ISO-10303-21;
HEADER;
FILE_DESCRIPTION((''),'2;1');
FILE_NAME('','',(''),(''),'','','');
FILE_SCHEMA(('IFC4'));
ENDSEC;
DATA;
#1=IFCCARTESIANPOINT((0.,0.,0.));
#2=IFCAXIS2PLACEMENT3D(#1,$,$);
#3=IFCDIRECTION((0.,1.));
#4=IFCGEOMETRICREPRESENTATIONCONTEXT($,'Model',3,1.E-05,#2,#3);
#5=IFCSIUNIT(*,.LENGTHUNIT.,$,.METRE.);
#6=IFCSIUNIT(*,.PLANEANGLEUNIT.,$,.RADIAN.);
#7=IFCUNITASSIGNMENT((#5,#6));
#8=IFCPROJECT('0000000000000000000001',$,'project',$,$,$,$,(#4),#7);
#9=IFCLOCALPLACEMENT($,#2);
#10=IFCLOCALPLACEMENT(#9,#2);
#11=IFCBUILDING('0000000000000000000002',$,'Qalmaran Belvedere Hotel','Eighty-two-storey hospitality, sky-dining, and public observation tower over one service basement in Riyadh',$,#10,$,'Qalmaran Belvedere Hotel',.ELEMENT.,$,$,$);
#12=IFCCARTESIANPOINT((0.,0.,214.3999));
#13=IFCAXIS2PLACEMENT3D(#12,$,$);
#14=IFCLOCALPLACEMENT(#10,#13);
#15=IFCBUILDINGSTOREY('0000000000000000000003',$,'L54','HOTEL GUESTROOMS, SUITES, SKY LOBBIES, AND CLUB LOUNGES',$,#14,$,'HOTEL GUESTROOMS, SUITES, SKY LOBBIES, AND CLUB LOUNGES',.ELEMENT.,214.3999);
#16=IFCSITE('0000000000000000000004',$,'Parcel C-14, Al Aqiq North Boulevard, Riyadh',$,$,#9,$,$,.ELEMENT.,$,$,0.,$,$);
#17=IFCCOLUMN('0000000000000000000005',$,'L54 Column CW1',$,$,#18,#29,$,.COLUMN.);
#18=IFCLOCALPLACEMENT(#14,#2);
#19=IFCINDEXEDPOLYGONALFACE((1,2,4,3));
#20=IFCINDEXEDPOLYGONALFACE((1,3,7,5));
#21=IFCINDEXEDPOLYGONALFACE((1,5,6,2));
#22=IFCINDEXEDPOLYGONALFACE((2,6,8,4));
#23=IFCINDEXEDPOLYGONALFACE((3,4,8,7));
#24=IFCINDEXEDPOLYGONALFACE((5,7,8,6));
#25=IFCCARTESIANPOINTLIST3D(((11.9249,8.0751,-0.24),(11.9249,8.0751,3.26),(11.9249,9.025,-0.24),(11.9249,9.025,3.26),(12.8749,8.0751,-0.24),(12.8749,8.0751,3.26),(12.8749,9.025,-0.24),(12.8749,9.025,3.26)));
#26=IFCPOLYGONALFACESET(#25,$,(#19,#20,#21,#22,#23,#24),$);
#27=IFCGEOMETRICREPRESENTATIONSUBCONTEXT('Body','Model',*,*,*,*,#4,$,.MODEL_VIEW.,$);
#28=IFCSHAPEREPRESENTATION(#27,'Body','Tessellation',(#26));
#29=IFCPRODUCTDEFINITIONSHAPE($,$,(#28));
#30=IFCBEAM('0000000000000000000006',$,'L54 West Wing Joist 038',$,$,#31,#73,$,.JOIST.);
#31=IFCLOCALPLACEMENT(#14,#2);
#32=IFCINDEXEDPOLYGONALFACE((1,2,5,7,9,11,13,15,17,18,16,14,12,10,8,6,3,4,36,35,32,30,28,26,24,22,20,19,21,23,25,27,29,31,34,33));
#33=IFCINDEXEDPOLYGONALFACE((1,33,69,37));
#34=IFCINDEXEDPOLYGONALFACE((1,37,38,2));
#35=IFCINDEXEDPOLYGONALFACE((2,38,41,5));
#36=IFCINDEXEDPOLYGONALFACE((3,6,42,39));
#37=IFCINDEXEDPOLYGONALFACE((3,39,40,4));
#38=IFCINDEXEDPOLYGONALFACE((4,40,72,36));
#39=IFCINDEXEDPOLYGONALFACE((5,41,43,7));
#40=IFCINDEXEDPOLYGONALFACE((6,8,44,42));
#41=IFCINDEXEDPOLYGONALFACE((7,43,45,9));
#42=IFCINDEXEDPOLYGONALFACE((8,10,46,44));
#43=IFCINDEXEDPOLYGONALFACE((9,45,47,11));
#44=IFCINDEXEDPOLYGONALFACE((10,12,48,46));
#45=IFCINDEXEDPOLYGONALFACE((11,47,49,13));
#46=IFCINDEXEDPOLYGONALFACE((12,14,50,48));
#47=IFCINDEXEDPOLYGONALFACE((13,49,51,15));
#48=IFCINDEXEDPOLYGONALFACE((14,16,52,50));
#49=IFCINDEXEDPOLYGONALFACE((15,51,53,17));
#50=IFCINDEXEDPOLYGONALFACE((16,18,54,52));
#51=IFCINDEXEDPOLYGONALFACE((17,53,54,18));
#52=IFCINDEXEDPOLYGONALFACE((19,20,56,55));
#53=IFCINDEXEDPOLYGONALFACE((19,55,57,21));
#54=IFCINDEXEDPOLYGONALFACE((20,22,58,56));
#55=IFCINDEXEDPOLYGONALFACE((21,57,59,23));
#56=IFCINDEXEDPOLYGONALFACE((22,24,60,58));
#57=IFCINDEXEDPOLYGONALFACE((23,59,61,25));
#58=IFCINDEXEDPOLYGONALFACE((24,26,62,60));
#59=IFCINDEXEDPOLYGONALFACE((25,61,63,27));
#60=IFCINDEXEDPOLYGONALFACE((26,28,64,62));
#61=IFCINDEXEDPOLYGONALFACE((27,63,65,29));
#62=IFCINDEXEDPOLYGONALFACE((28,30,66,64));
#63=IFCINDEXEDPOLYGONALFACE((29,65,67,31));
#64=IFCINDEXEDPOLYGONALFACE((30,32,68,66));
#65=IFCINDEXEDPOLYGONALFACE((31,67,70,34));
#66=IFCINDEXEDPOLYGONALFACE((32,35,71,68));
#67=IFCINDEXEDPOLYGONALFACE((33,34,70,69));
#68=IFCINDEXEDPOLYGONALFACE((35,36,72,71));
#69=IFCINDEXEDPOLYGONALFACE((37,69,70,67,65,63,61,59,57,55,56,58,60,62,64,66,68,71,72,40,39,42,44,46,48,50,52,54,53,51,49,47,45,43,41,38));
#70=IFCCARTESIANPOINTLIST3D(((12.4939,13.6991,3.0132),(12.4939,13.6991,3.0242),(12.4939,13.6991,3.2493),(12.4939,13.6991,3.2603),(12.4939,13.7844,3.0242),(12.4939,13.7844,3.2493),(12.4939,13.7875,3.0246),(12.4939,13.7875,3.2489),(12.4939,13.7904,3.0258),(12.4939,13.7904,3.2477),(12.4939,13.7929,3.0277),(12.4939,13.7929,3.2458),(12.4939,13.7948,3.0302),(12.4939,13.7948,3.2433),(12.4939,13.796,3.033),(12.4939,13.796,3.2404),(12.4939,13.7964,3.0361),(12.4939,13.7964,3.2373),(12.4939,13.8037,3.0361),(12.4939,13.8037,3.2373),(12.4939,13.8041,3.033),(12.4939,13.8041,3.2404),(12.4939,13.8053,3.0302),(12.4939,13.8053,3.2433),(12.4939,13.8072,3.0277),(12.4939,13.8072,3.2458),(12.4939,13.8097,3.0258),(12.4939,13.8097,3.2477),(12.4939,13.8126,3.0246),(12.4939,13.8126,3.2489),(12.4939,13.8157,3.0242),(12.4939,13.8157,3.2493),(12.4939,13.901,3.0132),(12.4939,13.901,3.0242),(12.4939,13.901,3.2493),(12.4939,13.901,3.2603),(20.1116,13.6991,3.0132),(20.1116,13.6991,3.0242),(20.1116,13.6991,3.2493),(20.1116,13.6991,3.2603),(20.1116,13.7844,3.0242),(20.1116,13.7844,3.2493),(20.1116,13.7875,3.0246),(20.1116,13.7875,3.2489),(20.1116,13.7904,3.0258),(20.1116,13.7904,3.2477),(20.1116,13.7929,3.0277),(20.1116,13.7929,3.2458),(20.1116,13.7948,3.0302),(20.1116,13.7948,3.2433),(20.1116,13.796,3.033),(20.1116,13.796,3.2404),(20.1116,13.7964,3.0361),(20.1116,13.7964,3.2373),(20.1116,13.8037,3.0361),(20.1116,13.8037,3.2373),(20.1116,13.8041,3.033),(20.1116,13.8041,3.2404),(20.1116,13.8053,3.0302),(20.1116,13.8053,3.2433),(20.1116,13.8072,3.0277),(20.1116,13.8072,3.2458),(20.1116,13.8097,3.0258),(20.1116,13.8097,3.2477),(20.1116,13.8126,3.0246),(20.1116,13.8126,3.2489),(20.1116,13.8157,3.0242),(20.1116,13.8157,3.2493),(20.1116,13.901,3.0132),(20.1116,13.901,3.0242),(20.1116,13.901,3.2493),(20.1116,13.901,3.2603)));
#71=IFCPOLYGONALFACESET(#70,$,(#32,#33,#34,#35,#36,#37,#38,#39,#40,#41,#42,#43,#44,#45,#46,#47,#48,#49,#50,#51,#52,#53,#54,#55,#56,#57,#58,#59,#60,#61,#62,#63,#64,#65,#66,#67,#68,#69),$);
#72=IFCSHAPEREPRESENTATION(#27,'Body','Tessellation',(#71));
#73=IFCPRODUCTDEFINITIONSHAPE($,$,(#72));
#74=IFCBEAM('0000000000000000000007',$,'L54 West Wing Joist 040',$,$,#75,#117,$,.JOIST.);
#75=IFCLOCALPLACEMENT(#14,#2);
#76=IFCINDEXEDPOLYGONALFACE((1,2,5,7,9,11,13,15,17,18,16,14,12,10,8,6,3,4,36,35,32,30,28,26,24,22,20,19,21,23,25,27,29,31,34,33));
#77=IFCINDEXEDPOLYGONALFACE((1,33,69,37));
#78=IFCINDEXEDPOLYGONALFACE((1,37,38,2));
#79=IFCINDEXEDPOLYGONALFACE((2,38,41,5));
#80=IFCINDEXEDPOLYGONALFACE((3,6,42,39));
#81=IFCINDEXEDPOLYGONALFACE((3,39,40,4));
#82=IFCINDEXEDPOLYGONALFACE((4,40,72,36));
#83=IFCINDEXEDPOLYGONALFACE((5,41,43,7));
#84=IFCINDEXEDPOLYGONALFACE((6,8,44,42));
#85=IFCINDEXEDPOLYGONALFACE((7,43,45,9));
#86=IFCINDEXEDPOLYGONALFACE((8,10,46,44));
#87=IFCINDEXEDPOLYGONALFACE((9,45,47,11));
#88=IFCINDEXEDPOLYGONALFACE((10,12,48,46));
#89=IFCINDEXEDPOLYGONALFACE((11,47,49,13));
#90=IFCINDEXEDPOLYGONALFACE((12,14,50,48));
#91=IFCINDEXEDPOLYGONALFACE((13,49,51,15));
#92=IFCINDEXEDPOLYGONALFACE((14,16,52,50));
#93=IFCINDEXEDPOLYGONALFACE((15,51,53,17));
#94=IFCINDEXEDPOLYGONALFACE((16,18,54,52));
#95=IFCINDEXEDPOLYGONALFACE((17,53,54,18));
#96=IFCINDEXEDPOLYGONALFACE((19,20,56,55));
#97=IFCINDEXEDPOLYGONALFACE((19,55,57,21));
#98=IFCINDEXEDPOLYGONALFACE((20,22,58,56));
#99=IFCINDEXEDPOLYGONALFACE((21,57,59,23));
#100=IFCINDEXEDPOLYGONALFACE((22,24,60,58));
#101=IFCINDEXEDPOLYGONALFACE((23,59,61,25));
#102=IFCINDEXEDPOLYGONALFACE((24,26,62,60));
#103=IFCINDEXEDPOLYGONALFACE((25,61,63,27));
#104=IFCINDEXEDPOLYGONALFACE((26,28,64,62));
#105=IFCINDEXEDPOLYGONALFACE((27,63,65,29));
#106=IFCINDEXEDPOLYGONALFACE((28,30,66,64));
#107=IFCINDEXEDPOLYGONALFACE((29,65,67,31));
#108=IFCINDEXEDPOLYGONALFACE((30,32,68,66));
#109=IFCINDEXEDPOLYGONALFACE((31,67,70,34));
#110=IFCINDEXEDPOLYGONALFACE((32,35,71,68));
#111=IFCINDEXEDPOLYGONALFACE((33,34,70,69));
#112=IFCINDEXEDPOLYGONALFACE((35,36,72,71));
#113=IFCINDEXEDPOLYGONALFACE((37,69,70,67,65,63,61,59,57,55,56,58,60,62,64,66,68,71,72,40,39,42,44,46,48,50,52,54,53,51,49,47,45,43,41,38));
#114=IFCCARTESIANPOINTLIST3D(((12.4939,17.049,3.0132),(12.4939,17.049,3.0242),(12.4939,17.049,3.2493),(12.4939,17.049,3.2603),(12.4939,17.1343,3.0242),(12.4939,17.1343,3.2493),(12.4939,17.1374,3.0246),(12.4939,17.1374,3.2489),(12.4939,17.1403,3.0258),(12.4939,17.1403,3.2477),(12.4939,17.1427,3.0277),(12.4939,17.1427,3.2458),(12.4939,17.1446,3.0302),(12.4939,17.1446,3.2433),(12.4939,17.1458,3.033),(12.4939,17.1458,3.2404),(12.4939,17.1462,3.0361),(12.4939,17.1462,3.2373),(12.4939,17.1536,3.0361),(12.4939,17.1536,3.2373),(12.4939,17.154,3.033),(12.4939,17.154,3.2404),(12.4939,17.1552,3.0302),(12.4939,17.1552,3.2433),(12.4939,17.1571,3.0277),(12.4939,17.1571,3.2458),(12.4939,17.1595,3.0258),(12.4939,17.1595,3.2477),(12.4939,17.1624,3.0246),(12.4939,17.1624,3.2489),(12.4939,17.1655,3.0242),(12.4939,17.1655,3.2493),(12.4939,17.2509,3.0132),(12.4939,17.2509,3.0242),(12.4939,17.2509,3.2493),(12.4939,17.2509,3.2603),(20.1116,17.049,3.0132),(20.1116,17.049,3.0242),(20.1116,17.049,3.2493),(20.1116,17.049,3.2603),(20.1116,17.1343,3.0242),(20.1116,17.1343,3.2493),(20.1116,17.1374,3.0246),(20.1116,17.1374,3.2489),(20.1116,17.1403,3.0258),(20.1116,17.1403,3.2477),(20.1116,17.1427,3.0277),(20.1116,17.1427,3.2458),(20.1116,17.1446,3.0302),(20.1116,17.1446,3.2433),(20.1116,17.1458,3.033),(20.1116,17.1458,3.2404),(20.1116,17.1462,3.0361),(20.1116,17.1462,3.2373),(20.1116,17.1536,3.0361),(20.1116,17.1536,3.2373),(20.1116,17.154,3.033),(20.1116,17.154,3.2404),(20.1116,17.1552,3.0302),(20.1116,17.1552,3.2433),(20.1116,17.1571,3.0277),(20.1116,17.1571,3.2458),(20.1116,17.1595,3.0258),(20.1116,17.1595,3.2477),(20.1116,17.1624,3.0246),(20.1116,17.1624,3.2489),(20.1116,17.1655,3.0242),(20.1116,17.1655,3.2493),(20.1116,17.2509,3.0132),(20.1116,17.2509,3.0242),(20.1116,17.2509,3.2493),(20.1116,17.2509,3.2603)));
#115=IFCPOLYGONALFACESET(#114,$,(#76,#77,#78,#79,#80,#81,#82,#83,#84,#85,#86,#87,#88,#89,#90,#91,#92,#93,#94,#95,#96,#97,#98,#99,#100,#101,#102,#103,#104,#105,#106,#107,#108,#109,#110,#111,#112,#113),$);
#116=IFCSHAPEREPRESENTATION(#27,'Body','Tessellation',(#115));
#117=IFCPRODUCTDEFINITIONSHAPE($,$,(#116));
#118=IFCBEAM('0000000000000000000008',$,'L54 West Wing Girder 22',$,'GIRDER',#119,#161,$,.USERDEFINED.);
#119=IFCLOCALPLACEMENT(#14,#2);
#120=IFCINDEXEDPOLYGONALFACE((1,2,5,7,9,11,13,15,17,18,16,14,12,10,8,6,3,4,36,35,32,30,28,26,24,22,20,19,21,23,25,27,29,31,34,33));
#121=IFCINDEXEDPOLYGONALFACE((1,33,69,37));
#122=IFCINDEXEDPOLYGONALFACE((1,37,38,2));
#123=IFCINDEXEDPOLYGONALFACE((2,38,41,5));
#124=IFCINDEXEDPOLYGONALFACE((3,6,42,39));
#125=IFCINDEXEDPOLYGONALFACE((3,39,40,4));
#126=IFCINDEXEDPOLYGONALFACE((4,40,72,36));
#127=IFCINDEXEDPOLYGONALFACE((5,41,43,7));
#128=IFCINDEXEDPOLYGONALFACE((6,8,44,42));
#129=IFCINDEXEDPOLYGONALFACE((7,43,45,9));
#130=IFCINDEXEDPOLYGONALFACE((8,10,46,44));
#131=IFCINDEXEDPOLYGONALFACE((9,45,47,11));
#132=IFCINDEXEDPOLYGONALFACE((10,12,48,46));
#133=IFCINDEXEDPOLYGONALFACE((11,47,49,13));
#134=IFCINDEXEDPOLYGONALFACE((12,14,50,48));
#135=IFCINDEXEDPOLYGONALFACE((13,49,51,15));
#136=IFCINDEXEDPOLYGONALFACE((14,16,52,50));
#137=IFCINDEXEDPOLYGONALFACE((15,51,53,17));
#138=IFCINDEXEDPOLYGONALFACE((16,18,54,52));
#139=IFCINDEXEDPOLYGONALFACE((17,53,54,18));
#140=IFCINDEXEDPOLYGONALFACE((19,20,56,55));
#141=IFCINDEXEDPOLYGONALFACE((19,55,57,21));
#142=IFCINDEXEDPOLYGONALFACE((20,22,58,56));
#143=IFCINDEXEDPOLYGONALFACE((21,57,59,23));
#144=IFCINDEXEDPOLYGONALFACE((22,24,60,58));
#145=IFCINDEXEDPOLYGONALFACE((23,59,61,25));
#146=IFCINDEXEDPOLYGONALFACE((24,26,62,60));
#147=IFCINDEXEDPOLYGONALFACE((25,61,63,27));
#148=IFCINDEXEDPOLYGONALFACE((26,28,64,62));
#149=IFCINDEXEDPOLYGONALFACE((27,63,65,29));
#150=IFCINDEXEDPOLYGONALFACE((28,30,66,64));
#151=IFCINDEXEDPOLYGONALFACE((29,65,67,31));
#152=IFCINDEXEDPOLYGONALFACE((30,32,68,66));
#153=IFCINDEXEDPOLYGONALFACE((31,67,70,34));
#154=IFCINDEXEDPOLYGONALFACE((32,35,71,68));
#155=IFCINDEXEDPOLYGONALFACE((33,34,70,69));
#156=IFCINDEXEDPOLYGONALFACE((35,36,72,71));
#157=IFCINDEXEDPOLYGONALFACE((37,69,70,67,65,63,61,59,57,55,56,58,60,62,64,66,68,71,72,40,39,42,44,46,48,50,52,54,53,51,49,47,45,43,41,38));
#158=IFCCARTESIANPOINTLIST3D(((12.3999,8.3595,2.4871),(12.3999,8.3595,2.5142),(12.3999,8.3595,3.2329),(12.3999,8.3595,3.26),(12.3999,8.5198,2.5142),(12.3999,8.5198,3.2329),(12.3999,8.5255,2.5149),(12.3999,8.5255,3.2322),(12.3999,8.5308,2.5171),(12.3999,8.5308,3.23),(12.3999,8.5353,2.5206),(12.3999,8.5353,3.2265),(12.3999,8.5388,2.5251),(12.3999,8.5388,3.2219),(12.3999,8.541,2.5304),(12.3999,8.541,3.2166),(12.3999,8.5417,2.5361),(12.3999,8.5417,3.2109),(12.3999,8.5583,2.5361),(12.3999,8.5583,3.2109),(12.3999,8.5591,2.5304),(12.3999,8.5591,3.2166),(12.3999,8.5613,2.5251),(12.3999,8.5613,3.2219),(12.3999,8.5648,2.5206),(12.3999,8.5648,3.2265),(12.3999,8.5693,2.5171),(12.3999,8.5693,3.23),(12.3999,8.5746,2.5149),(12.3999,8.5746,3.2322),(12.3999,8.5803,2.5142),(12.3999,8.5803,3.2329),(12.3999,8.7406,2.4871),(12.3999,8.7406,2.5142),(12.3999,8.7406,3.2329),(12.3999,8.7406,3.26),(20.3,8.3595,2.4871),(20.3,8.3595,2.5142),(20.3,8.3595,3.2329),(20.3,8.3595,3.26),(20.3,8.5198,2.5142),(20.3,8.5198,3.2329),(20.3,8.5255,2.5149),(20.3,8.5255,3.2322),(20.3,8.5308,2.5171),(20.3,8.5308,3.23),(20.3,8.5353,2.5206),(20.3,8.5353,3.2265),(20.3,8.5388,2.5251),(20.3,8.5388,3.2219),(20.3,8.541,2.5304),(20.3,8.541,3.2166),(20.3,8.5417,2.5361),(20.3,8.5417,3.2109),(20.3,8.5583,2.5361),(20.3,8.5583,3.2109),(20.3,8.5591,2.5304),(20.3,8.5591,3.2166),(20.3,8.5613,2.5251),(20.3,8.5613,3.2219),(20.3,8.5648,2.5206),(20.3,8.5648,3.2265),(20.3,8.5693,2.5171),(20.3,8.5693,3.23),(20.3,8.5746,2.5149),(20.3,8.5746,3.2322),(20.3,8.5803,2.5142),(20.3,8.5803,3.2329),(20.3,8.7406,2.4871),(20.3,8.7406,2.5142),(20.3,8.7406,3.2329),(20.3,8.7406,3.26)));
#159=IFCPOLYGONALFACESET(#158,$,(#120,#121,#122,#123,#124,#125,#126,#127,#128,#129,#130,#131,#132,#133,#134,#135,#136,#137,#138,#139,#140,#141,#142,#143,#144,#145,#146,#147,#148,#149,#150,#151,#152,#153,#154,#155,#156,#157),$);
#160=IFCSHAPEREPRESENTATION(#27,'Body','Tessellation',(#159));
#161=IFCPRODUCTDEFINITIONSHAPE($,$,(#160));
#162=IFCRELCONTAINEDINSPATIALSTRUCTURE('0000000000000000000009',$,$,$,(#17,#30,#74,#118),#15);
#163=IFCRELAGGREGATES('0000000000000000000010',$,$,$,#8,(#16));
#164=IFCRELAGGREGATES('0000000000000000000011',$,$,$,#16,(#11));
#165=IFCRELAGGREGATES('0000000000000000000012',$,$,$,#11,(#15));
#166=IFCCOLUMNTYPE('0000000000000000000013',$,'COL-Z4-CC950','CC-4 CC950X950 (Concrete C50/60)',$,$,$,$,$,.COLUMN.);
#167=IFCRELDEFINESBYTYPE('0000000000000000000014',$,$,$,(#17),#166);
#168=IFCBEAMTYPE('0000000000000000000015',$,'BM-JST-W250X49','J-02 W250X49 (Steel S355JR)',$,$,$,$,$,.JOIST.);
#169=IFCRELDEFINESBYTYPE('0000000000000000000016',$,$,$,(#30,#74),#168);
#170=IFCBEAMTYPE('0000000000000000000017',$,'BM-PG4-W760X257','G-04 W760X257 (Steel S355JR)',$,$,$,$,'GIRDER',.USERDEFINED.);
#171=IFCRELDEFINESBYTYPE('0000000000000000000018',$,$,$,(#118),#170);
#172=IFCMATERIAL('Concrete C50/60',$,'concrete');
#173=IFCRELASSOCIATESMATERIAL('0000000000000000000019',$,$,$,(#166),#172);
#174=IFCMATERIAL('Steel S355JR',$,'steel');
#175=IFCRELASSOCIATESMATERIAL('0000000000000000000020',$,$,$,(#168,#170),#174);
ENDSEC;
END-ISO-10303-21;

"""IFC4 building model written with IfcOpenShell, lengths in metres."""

from ifc_helpers import new_model, si_unit, direction, frame, origin, origin_2d, place, context, subcontext, project, spatial, rectangle, i_section, extrude, material, material_profile, profile_set, type_object, element, save


model = new_model("IFC4")

# Units and contexts
model_context = context("Model", 3, precision=1e-05, world=origin(), true_north=direction((0.0, 1.0)))
body_context = subcontext(model_context, "Body", "Model", "MODEL_VIEW")
ifc_project = project(units=[si_unit("LENGTHUNIT", "METRE"), si_unit("PLANEANGLEUNIT", "RADIAN")], contexts=[model_context])

# Site, building, storey
site_placement = place(None, origin())
site = spatial("IfcSite", under=ifc_project, at=site_placement, Name="Parcel C-14, Al Aqiq North Boulevard, Riyadh", CompositionType="ELEMENT", RefElevation=0.0)
building_placement = place(site_placement, origin())
building = spatial("IfcBuilding", under=site, at=building_placement, Name="Qalmaran Belvedere Hotel", Description="Eighty-two-storey hospitality, sky-dining, and public observation tower over one service basement in Riyadh", LongName="Qalmaran Belvedere Hotel", CompositionType="ELEMENT")
storey_placement = place(building_placement, frame((0.0, 0.0, 214.3999)))
storey = spatial("IfcBuildingStorey", under=building, at=storey_placement, Name="L54", Description="HOTEL GUESTROOMS, SUITES, SKY LOBBIES, AND CLUB LOUNGES", LongName="HOTEL GUESTROOMS, SUITES, SKY LOBBIES, AND CLUB LOUNGES", CompositionType="ELEMENT", Elevation=214.3999)

# Column
ifc_material_1 = material(Name="Concrete C50/60", Category="concrete")
ifc_material_profile_1 = material_profile(ifc_material_1, rectangle(XDim=0.95, YDim=0.95, at=origin_2d()), Name="CC950X950")
ifc_profile_set_1 = profile_set([ifc_material_profile_1], Name="Concrete C50/60")
column_type = type_object("IfcColumnType", Name="COL-Z4-CC950", Description="CC-4 CC950X950 (Concrete C50/60)", PredefinedType="COLUMN", material=ifc_profile_set_1)
column_placement = place(storey_placement, frame((12.3999, 8.55, -0.24), z_axis=(0.0, 0.0, 1.0), x_axis=(1.0, 0.0, 0.0)))
element("IfcColumn", 1, at=column_placement, inside=storey, type_object=column_type, Name="L54 Column CW1", PredefinedType="COLUMN", context=body_context, shape_type="SweptSolid", body=[
    extrude(rectangle(XDim=0.95, YDim=0.95, at=origin_2d()), origin(), (0.0, 0.0, 1.0), 3.5),
])

# Beams
ifc_material_2 = material(Name="Steel S355JR", Category="steel")
ifc_material_profile_2 = material_profile(ifc_material_2, i_section(OverallWidth=0.2019, OverallDepth=0.2471, WebThickness=0.0073, FlangeThickness=0.011, FilletRadius=0.012, at=origin_2d()), Name="W250X49")
ifc_profile_set_2 = profile_set([ifc_material_profile_2], Name="Steel S355JR")
beam_type_1 = type_object("IfcBeamType", Name="BM-JST-W250X49", Description="J-02 W250X49 (Steel S355JR)", PredefinedType="JOIST", material=ifc_profile_set_2)
for number, where, z_axis, x_axis, name in (
    (2, (12.4939, 13.8, 3.1367), (1.0, 0.0, 0.0), (0.0, 1.0, 0.0), "L54 West Wing Joist 038"),
    (3, (12.4939, 17.1499, 3.1367), (1.0, 0.0, 0.0), (0.0, 1.0, 0.0), "L54 West Wing Joist 040"),
):
    element("IfcBeam", number, at=place(storey_placement, frame(where, z_axis=z_axis, x_axis=x_axis)), inside=storey, type_object=beam_type_1, Name=name, PredefinedType="JOIST", context=body_context, shape_type="SweptSolid", body=[
        extrude(i_section(OverallWidth=0.2019, OverallDepth=0.2471, WebThickness=0.0073, FlangeThickness=0.011, FilletRadius=0.012, at=origin_2d()), origin(), (0.0, 0.0, 1.0), 7.6177),
    ])
ifc_material_profile_3 = material_profile(ifc_material_2, i_section(OverallWidth=0.3811, OverallDepth=0.7729, WebThickness=0.0166, FlangeThickness=0.0271, FilletRadius=0.022, at=origin_2d()), Name="W760X257")
ifc_profile_set_3 = profile_set([ifc_material_profile_3], Name="Steel S355JR")
beam_type_2 = type_object("IfcBeamType", Name="BM-PG4-W760X257", Description="G-04 W760X257 (Steel S355JR)", ElementType="GIRDER", PredefinedType="USERDEFINED", material=ifc_profile_set_3)
beam_1_placement = place(storey_placement, frame((12.3999, 8.55, 2.8735), z_axis=(1.0, 0.0, 0.0), x_axis=(0.0, 1.0, 0.0)))
element("IfcBeam", 4, at=beam_1_placement, inside=storey, type_object=beam_type_2, Name="L54 West Wing Girder 22", ObjectType="GIRDER", PredefinedType="USERDEFINED", context=body_context, shape_type="SweptSolid", body=[
    extrude(i_section(OverallWidth=0.3811, OverallDepth=0.7729, WebThickness=0.0166, FlangeThickness=0.0271, FilletRadius=0.022, at=origin_2d()), origin(), (0.0, 0.0, 1.0), 7.9001),
])

save(model, "model.ifc")
